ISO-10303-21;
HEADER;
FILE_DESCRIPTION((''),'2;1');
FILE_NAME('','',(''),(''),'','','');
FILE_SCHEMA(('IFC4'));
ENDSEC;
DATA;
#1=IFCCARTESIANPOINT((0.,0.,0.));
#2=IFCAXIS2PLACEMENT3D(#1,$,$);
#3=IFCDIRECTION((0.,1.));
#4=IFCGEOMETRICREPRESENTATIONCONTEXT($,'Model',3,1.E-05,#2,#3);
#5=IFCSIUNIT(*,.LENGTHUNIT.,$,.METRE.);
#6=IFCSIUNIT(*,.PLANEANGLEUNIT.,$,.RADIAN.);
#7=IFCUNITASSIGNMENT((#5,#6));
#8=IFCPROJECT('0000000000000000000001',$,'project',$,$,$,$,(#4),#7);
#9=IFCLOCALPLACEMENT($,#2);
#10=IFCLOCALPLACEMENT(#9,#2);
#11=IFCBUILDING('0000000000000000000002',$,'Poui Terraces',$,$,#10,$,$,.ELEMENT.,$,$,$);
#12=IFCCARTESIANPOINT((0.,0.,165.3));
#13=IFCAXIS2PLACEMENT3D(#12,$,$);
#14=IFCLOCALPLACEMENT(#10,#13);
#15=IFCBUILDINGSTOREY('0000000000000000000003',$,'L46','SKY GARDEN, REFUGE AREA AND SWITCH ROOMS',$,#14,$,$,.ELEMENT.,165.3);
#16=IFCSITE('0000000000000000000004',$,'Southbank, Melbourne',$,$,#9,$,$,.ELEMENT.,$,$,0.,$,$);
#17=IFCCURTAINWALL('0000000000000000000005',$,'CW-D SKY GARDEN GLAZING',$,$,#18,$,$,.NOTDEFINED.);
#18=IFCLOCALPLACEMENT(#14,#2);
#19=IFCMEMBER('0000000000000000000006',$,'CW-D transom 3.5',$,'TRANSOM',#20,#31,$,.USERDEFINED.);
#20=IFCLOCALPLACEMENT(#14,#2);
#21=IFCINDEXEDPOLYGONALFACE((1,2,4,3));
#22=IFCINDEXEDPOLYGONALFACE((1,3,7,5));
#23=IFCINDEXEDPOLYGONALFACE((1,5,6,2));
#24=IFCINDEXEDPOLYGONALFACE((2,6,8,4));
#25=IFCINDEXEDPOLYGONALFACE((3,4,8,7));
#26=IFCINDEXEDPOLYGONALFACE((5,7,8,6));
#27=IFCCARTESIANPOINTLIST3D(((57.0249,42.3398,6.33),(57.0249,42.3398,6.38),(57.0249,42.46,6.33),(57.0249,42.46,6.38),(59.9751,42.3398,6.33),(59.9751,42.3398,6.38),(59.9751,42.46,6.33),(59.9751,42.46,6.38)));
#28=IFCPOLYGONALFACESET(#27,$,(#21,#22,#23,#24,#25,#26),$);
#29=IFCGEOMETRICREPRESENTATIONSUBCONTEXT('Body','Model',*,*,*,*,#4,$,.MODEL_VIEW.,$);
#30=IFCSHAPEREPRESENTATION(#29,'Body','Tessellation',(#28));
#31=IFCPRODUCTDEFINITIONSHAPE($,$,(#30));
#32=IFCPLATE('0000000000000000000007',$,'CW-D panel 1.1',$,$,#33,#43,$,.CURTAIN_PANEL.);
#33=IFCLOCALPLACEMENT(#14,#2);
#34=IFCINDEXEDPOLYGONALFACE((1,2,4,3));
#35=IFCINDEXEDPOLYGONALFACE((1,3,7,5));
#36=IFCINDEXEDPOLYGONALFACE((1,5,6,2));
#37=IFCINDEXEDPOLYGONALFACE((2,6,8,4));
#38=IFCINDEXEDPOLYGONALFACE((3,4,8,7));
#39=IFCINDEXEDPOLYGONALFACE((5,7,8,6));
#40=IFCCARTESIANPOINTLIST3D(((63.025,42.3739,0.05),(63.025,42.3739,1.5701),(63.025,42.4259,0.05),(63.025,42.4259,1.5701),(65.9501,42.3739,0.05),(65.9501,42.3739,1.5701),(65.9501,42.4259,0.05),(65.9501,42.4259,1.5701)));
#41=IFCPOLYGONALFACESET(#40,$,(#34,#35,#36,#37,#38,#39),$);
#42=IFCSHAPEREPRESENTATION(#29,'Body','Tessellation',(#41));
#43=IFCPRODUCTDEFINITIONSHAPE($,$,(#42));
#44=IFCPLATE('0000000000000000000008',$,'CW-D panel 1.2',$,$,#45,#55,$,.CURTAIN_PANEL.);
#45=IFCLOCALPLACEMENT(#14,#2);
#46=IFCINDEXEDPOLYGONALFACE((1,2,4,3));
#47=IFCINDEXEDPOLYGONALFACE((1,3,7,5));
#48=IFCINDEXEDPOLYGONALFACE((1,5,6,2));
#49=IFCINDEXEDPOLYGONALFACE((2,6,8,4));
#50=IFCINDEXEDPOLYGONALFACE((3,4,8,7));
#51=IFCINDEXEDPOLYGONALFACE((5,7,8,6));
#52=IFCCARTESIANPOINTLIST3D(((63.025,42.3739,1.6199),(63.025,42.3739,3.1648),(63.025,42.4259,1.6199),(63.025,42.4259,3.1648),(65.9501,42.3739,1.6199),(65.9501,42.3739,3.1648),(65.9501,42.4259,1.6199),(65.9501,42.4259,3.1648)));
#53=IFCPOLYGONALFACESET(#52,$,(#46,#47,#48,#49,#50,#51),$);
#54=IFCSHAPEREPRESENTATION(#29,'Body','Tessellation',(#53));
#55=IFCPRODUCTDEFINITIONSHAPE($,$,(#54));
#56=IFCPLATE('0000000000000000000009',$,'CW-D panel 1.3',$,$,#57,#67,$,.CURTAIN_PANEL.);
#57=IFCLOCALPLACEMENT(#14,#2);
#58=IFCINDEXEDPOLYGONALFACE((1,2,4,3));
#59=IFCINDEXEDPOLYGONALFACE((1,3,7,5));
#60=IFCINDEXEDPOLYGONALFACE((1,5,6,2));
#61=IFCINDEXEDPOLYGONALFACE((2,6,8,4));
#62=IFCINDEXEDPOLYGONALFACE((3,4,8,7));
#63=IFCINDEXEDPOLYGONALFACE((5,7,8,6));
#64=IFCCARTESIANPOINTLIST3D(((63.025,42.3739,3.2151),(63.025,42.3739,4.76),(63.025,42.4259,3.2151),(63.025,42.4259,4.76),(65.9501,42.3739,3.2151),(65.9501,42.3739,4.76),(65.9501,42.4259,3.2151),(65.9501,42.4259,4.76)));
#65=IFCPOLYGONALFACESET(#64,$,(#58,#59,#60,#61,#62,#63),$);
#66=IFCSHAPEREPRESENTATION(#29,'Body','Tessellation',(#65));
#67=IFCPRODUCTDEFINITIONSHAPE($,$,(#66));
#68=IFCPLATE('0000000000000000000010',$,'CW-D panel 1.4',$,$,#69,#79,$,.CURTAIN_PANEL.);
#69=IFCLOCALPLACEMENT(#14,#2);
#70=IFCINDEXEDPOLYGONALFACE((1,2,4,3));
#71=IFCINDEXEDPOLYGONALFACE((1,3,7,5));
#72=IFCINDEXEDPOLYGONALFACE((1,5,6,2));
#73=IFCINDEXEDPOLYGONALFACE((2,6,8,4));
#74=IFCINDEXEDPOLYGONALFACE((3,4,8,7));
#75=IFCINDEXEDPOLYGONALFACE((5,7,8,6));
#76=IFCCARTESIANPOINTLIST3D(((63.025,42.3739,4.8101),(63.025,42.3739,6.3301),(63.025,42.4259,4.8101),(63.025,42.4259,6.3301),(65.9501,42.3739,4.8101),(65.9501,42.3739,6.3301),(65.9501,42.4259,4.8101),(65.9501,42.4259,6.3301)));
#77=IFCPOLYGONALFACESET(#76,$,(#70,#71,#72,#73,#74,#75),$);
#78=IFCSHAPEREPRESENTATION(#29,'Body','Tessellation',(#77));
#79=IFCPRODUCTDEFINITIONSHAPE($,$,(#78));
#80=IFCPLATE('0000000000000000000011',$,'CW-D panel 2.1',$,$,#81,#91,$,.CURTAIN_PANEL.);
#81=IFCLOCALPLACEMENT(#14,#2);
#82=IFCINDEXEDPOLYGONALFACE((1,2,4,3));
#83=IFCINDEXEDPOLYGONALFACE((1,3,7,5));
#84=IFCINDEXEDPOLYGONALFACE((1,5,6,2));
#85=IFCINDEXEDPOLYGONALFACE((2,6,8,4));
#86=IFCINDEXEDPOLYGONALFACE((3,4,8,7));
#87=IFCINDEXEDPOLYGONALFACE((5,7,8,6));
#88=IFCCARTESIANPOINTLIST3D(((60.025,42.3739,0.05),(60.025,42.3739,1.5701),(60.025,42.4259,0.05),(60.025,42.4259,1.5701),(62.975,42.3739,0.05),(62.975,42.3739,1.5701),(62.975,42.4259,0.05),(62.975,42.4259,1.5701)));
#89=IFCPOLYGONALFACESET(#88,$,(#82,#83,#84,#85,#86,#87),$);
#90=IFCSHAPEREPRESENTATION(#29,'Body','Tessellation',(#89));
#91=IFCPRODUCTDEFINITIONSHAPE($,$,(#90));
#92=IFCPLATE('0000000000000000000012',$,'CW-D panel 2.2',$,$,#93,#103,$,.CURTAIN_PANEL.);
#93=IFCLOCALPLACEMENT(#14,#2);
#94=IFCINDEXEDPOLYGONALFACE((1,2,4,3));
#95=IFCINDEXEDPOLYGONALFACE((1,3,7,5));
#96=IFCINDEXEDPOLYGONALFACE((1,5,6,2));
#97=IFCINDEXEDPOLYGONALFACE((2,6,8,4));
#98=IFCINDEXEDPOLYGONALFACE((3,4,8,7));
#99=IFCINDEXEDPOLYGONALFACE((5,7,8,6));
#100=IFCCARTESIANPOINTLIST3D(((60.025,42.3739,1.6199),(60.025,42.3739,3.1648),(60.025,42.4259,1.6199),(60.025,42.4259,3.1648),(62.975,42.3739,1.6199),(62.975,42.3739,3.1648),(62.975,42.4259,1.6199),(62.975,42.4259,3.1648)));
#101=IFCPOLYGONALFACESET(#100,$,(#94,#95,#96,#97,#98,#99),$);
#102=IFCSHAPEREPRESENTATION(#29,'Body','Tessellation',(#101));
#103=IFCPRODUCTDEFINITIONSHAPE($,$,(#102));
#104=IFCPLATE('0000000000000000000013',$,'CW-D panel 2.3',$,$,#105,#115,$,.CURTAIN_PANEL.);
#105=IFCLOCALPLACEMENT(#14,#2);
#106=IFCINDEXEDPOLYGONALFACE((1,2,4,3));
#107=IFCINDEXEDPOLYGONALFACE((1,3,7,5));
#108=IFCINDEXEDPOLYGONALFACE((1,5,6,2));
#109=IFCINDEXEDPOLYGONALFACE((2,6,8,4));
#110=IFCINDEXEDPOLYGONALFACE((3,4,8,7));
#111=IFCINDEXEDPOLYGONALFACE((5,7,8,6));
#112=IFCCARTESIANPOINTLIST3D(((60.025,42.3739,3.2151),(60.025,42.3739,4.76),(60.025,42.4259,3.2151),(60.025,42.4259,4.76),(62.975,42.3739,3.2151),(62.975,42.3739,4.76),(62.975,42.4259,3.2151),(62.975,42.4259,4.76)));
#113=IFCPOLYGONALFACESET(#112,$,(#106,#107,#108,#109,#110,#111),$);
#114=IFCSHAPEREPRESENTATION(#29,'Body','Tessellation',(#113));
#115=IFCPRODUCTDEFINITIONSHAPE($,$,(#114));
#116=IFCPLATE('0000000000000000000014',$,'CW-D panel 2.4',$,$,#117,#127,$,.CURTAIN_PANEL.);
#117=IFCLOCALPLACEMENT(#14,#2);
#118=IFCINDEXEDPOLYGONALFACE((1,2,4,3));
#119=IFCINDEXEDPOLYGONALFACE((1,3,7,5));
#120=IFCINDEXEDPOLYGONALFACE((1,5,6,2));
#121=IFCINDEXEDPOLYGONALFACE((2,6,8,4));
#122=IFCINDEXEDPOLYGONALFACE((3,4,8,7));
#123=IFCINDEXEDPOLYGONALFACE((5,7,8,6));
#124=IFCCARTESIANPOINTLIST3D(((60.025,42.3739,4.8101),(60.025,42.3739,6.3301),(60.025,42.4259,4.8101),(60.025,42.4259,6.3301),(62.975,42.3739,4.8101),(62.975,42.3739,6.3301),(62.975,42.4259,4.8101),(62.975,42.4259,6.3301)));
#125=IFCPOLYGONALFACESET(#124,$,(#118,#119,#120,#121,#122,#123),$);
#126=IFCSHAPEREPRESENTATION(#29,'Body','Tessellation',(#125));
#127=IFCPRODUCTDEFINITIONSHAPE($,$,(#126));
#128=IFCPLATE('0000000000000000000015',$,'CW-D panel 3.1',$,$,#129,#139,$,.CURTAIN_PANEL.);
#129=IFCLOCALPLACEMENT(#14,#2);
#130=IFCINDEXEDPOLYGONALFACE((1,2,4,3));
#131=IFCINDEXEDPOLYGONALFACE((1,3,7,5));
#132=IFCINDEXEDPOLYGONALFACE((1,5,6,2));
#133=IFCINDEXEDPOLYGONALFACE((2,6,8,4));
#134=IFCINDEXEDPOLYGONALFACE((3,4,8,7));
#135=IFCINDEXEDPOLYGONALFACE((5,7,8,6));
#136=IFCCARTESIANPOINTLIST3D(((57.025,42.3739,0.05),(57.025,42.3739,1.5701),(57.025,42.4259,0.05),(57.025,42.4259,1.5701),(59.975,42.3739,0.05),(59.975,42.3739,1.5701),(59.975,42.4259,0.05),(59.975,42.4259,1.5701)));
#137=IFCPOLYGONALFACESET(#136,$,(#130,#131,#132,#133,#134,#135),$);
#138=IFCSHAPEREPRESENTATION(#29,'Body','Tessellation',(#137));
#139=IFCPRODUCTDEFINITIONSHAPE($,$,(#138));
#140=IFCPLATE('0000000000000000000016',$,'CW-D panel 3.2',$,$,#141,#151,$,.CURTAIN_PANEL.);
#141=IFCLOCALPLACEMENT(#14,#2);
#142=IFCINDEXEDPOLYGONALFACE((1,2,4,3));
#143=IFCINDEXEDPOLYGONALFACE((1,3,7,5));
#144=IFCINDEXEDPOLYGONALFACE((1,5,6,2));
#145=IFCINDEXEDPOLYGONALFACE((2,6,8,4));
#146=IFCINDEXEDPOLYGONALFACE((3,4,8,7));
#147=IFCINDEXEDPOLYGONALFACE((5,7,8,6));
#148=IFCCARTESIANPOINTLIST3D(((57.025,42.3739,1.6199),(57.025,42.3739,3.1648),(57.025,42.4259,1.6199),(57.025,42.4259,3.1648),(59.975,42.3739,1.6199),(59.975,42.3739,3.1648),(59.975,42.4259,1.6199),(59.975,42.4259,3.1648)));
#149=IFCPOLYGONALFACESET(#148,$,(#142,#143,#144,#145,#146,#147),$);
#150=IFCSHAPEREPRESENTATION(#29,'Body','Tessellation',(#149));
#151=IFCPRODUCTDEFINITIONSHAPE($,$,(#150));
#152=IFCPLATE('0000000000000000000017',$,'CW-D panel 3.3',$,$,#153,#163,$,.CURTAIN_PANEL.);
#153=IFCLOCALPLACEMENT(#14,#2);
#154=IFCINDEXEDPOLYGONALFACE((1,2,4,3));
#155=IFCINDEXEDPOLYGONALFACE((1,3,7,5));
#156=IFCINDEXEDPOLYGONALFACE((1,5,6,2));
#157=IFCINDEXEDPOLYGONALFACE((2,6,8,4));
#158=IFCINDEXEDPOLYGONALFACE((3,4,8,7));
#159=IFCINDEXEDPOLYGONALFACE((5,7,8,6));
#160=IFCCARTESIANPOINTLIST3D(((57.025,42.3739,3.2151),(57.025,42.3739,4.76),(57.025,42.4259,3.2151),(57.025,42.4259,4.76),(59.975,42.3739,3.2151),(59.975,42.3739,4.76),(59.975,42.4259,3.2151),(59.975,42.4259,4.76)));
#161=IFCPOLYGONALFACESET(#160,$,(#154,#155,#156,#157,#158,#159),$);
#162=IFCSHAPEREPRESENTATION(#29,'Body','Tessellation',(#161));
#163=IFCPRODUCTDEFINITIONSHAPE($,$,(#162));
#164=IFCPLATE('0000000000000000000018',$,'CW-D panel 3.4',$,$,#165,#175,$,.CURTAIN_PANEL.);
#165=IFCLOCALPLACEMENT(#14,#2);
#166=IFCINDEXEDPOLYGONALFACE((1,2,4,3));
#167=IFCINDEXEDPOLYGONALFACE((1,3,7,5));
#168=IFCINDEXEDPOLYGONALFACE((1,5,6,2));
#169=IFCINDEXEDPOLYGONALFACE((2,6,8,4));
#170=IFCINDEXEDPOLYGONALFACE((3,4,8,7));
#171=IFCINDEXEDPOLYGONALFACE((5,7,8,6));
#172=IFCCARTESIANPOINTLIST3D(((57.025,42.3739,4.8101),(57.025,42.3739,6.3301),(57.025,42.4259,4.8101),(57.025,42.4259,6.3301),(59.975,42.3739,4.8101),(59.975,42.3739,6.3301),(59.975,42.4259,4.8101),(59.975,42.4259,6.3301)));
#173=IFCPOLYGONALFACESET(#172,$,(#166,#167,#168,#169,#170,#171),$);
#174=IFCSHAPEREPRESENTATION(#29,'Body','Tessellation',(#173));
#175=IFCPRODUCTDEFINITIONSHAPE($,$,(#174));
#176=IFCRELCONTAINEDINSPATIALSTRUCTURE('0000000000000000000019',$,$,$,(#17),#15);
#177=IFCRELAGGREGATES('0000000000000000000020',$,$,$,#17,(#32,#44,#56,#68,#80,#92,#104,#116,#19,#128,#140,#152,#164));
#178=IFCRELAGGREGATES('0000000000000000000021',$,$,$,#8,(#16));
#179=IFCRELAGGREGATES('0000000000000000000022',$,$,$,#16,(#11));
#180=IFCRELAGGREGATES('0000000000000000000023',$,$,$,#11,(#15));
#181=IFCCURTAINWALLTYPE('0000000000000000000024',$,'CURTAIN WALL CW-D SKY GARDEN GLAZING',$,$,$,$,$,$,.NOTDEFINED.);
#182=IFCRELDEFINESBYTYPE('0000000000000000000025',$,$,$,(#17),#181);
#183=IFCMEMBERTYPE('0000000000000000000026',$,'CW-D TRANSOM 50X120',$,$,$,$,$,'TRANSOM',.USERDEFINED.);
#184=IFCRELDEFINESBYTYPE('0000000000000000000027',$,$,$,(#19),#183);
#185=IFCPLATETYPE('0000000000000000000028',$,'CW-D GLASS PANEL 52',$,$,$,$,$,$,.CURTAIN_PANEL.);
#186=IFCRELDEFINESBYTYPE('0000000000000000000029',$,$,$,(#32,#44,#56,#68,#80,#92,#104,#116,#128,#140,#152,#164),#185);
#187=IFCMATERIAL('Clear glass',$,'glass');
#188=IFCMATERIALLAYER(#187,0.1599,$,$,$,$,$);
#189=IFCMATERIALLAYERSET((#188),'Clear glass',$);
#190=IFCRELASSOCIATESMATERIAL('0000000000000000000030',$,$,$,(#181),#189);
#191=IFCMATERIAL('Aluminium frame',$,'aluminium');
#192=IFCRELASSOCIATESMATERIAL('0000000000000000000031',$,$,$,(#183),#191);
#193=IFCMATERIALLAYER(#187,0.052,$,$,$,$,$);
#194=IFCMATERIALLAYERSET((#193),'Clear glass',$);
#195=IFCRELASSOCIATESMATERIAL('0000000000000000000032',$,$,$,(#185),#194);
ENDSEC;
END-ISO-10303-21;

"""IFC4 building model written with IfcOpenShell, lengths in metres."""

from ifc_helpers import new_model, si_unit, direction, frame, origin, origin_2d, place, context, subcontext, project, spatial, rectangle, extrude, material, layer, layer_set, material_profile, profile_set, type_object, element, aggregate, save


model = new_model("IFC4")

# Units and contexts
model_context = context("Model", 3, precision=1e-05, world=origin(), true_north=direction((0.0, 1.0)))
body_context = subcontext(model_context, "Body", "Model", "MODEL_VIEW")
ifc_project = project(units=[si_unit("LENGTHUNIT", "METRE"), si_unit("PLANEANGLEUNIT", "RADIAN")], contexts=[model_context])

# Site, building, storey
site_placement = place(None, origin())
site = spatial("IfcSite", under=ifc_project, at=site_placement, Name="Southbank, Melbourne", CompositionType="ELEMENT", RefElevation=0.0)
building_placement = place(site_placement, origin())
building = spatial("IfcBuilding", under=site, at=building_placement, Name="Poui Terraces", CompositionType="ELEMENT")
storey_placement = place(building_placement, frame((0.0, 0.0, 165.3)))
storey = spatial("IfcBuildingStorey", under=building, at=storey_placement, Name="L46", Description="SKY GARDEN, REFUGE AREA AND SWITCH ROOMS", CompositionType="ELEMENT", Elevation=165.3)

# Curtain wall, member, plates
ifc_material_1 = material(Name="Clear glass", Category="glass")
ifc_layer_1 = layer(ifc_material_1, 0.1599)
ifc_layer_set_1 = layer_set([ifc_layer_1], Name="Clear glass")
curtain_wall_type = type_object("IfcCurtainWallType", Name="CURTAIN WALL CW-D SKY GARDEN GLAZING", PredefinedType="NOTDEFINED", material=ifc_layer_set_1)
curtain_wall_placement = place(storey_placement, origin())
curtain_wall = element("IfcCurtainWall", 1, at=curtain_wall_placement, inside=storey, type_object=curtain_wall_type, Name="CW-D SKY GARDEN GLAZING", PredefinedType="NOTDEFINED")
ifc_material_2 = material(Name="Aluminium frame", Category="aluminium")
ifc_material_profile_1 = material_profile(ifc_material_2, rectangle(XDim=0.1201, YDim=0.05, at=origin_2d()), Name="CW-D TRANSOM 50X120")
ifc_profile_set_1 = profile_set([ifc_material_profile_1], Name="Aluminium frame")
member_type_1 = type_object("IfcMemberType", Name="CW-D TRANSOM 50X120", ElementType="TRANSOM", PredefinedType="USERDEFINED", material=ifc_profile_set_1)
member_1_placement = place(storey_placement, frame((59.9751, 42.3999, 6.355), z_axis=(-1.0, 0.0, 0.0), x_axis=(0.0, -1.0, 0.0)))
member_1 = element("IfcMember", 2, at=member_1_placement, type_object=member_type_1, Name="CW-D transom 3.5", ObjectType="TRANSOM", PredefinedType="USERDEFINED", context=body_context, shape_type="SweptSolid", body=[
    extrude(rectangle(XDim=0.1201, YDim=0.05, at=origin_2d()), origin(), (0.0, 0.0, 1.0), 2.9502),
])
ifc_layer_2 = layer(ifc_material_1, 0.052)
ifc_layer_set_2 = layer_set([ifc_layer_2], Name="Clear glass")
plate_type = type_object("IfcPlateType", Name="CW-D GLASS PANEL 52", PredefinedType="CURTAIN_PANEL", material=ifc_layer_set_2)
plate_1_placement = place(storey_placement, frame((64.4875, 42.3999, 0.05), z_axis=(0.0, 0.0, 1.0), x_axis=(-1.0, 0.0, 0.0)))
plate_1 = element("IfcPlate", 3, at=plate_1_placement, type_object=plate_type, Name="CW-D panel 1.1", PredefinedType="CURTAIN_PANEL", context=body_context, shape_type="SweptSolid", body=[
    extrude(rectangle(XDim=2.925, YDim=0.052, at=origin_2d()), origin(), (0.0, 0.0, 1.0), 1.52),
])
plate_2_placement = place(storey_placement, frame((64.4875, 42.3999, 1.6199), z_axis=(0.0, 0.0, 1.0), x_axis=(-1.0, 0.0, 0.0)))
plate_2 = element("IfcPlate", 4, at=plate_2_placement, type_object=plate_type, Name="CW-D panel 1.2", PredefinedType="CURTAIN_PANEL", context=body_context, shape_type="SweptSolid", body=[
    extrude(rectangle(XDim=2.925, YDim=0.052, at=origin_2d()), origin(), (0.0, 0.0, 1.0), 1.5449),
])
plate_3_placement = place(storey_placement, frame((64.4875, 42.3999, 3.2151), z_axis=(0.0, 0.0, 1.0), x_axis=(-1.0, 0.0, 0.0)))
plate_3 = element("IfcPlate", 5, at=plate_3_placement, type_object=plate_type, Name="CW-D panel 1.3", PredefinedType="CURTAIN_PANEL", context=body_context, shape_type="SweptSolid", body=[
    extrude(rectangle(XDim=2.925, YDim=0.052, at=origin_2d()), origin(), (0.0, 0.0, 1.0), 1.5449),
])
plate_4_placement = place(storey_placement, frame((64.4875, 42.3999, 4.8101), z_axis=(0.0, 0.0, 1.0), x_axis=(-1.0, 0.0, 0.0)))
plate_4 = element("IfcPlate", 6, at=plate_4_placement, type_object=plate_type, Name="CW-D panel 1.4", PredefinedType="CURTAIN_PANEL", context=body_context, shape_type="SweptSolid", body=[
    extrude(rectangle(XDim=2.925, YDim=0.052, at=origin_2d()), origin(), (0.0, 0.0, 1.0), 1.52),
])
plate_5_placement = place(storey_placement, frame((61.5, 42.3999, 0.05), z_axis=(0.0, 0.0, 1.0), x_axis=(-1.0, 0.0, 0.0)))
plate_5 = element("IfcPlate", 7, at=plate_5_placement, type_object=plate_type, Name="CW-D panel 2.1", PredefinedType="CURTAIN_PANEL", context=body_context, shape_type="SweptSolid", body=[
    extrude(rectangle(XDim=2.95, YDim=0.052, at=origin_2d()), origin(), (0.0, 0.0, 1.0), 1.52),
])
plate_6_placement = place(storey_placement, frame((61.5, 42.3999, 1.6199), z_axis=(0.0, 0.0, 1.0), x_axis=(-1.0, 0.0, 0.0)))
plate_6 = element("IfcPlate", 8, at=plate_6_placement, type_object=plate_type, Name="CW-D panel 2.2", PredefinedType="CURTAIN_PANEL", context=body_context, shape_type="SweptSolid", body=[
    extrude(rectangle(XDim=2.95, YDim=0.052, at=origin_2d()), origin(), (0.0, 0.0, 1.0), 1.5449),
])
plate_7_placement = place(storey_placement, frame((61.5, 42.3999, 3.2151), z_axis=(0.0, 0.0, 1.0), x_axis=(-1.0, 0.0, 0.0)))
plate_7 = element("IfcPlate", 9, at=plate_7_placement, type_object=plate_type, Name="CW-D panel 2.3", PredefinedType="CURTAIN_PANEL", context=body_context, shape_type="SweptSolid", body=[
    extrude(rectangle(XDim=2.95, YDim=0.052, at=origin_2d()), origin(), (0.0, 0.0, 1.0), 1.5449),
])
plate_8_placement = place(storey_placement, frame((61.5, 42.3999, 4.8101), z_axis=(0.0, 0.0, 1.0), x_axis=(-1.0, 0.0, 0.0)))
plate_8 = element("IfcPlate", 10, at=plate_8_placement, type_object=plate_type, Name="CW-D panel 2.4", PredefinedType="CURTAIN_PANEL", context=body_context, shape_type="SweptSolid", body=[
    extrude(rectangle(XDim=2.95, YDim=0.052, at=origin_2d()), origin(), (0.0, 0.0, 1.0), 1.52),
])
plate_9_placement = place(storey_placement, frame((58.5, 42.3999, 0.05), z_axis=(0.0, 0.0, 1.0), x_axis=(-1.0, 0.0, 0.0)))
plate_9 = element("IfcPlate", 11, at=plate_9_placement, type_object=plate_type, Name="CW-D panel 3.1", PredefinedType="CURTAIN_PANEL", context=body_context, shape_type="SweptSolid", body=[
    extrude(rectangle(XDim=2.95, YDim=0.052, at=origin_2d()), origin(), (0.0, 0.0, 1.0), 1.52),
])
plate_10_placement = place(storey_placement, frame((58.5, 42.3999, 1.6199), z_axis=(0.0, 0.0, 1.0), x_axis=(-1.0, 0.0, 0.0)))
plate_10 = element("IfcPlate", 12, at=plate_10_placement, type_object=plate_type, Name="CW-D panel 3.2", PredefinedType="CURTAIN_PANEL", context=body_context, shape_type="SweptSolid", body=[
    extrude(rectangle(XDim=2.95, YDim=0.052, at=origin_2d()), origin(), (0.0, 0.0, 1.0), 1.5449),
])
plate_11_placement = place(storey_placement, frame((58.5, 42.3999, 3.2151), z_axis=(0.0, 0.0, 1.0), x_axis=(-1.0, 0.0, 0.0)))
plate_11 = element("IfcPlate", 13, at=plate_11_placement, type_object=plate_type, Name="CW-D panel 3.3", PredefinedType="CURTAIN_PANEL", context=body_context, shape_type="SweptSolid", body=[
    extrude(rectangle(XDim=2.95, YDim=0.052, at=origin_2d()), origin(), (0.0, 0.0, 1.0), 1.5449),
])
plate_12_placement = place(storey_placement, frame((58.5, 42.3999, 4.8101), z_axis=(0.0, 0.0, 1.0), x_axis=(-1.0, 0.0, 0.0)))
plate_12 = element("IfcPlate", 14, at=plate_12_placement, type_object=plate_type, Name="CW-D panel 3.4", PredefinedType="CURTAIN_PANEL", context=body_context, shape_type="SweptSolid", body=[
    extrude(rectangle(XDim=2.95, YDim=0.052, at=origin_2d()), origin(), (0.0, 0.0, 1.0), 1.52),
])
aggregate(curtain_wall, [plate_1, plate_2, plate_3, plate_4, plate_5, plate_6, plate_7, plate_8, member_1, plate_9, plate_10, plate_11, plate_12])

save(model, "model.ifc")
